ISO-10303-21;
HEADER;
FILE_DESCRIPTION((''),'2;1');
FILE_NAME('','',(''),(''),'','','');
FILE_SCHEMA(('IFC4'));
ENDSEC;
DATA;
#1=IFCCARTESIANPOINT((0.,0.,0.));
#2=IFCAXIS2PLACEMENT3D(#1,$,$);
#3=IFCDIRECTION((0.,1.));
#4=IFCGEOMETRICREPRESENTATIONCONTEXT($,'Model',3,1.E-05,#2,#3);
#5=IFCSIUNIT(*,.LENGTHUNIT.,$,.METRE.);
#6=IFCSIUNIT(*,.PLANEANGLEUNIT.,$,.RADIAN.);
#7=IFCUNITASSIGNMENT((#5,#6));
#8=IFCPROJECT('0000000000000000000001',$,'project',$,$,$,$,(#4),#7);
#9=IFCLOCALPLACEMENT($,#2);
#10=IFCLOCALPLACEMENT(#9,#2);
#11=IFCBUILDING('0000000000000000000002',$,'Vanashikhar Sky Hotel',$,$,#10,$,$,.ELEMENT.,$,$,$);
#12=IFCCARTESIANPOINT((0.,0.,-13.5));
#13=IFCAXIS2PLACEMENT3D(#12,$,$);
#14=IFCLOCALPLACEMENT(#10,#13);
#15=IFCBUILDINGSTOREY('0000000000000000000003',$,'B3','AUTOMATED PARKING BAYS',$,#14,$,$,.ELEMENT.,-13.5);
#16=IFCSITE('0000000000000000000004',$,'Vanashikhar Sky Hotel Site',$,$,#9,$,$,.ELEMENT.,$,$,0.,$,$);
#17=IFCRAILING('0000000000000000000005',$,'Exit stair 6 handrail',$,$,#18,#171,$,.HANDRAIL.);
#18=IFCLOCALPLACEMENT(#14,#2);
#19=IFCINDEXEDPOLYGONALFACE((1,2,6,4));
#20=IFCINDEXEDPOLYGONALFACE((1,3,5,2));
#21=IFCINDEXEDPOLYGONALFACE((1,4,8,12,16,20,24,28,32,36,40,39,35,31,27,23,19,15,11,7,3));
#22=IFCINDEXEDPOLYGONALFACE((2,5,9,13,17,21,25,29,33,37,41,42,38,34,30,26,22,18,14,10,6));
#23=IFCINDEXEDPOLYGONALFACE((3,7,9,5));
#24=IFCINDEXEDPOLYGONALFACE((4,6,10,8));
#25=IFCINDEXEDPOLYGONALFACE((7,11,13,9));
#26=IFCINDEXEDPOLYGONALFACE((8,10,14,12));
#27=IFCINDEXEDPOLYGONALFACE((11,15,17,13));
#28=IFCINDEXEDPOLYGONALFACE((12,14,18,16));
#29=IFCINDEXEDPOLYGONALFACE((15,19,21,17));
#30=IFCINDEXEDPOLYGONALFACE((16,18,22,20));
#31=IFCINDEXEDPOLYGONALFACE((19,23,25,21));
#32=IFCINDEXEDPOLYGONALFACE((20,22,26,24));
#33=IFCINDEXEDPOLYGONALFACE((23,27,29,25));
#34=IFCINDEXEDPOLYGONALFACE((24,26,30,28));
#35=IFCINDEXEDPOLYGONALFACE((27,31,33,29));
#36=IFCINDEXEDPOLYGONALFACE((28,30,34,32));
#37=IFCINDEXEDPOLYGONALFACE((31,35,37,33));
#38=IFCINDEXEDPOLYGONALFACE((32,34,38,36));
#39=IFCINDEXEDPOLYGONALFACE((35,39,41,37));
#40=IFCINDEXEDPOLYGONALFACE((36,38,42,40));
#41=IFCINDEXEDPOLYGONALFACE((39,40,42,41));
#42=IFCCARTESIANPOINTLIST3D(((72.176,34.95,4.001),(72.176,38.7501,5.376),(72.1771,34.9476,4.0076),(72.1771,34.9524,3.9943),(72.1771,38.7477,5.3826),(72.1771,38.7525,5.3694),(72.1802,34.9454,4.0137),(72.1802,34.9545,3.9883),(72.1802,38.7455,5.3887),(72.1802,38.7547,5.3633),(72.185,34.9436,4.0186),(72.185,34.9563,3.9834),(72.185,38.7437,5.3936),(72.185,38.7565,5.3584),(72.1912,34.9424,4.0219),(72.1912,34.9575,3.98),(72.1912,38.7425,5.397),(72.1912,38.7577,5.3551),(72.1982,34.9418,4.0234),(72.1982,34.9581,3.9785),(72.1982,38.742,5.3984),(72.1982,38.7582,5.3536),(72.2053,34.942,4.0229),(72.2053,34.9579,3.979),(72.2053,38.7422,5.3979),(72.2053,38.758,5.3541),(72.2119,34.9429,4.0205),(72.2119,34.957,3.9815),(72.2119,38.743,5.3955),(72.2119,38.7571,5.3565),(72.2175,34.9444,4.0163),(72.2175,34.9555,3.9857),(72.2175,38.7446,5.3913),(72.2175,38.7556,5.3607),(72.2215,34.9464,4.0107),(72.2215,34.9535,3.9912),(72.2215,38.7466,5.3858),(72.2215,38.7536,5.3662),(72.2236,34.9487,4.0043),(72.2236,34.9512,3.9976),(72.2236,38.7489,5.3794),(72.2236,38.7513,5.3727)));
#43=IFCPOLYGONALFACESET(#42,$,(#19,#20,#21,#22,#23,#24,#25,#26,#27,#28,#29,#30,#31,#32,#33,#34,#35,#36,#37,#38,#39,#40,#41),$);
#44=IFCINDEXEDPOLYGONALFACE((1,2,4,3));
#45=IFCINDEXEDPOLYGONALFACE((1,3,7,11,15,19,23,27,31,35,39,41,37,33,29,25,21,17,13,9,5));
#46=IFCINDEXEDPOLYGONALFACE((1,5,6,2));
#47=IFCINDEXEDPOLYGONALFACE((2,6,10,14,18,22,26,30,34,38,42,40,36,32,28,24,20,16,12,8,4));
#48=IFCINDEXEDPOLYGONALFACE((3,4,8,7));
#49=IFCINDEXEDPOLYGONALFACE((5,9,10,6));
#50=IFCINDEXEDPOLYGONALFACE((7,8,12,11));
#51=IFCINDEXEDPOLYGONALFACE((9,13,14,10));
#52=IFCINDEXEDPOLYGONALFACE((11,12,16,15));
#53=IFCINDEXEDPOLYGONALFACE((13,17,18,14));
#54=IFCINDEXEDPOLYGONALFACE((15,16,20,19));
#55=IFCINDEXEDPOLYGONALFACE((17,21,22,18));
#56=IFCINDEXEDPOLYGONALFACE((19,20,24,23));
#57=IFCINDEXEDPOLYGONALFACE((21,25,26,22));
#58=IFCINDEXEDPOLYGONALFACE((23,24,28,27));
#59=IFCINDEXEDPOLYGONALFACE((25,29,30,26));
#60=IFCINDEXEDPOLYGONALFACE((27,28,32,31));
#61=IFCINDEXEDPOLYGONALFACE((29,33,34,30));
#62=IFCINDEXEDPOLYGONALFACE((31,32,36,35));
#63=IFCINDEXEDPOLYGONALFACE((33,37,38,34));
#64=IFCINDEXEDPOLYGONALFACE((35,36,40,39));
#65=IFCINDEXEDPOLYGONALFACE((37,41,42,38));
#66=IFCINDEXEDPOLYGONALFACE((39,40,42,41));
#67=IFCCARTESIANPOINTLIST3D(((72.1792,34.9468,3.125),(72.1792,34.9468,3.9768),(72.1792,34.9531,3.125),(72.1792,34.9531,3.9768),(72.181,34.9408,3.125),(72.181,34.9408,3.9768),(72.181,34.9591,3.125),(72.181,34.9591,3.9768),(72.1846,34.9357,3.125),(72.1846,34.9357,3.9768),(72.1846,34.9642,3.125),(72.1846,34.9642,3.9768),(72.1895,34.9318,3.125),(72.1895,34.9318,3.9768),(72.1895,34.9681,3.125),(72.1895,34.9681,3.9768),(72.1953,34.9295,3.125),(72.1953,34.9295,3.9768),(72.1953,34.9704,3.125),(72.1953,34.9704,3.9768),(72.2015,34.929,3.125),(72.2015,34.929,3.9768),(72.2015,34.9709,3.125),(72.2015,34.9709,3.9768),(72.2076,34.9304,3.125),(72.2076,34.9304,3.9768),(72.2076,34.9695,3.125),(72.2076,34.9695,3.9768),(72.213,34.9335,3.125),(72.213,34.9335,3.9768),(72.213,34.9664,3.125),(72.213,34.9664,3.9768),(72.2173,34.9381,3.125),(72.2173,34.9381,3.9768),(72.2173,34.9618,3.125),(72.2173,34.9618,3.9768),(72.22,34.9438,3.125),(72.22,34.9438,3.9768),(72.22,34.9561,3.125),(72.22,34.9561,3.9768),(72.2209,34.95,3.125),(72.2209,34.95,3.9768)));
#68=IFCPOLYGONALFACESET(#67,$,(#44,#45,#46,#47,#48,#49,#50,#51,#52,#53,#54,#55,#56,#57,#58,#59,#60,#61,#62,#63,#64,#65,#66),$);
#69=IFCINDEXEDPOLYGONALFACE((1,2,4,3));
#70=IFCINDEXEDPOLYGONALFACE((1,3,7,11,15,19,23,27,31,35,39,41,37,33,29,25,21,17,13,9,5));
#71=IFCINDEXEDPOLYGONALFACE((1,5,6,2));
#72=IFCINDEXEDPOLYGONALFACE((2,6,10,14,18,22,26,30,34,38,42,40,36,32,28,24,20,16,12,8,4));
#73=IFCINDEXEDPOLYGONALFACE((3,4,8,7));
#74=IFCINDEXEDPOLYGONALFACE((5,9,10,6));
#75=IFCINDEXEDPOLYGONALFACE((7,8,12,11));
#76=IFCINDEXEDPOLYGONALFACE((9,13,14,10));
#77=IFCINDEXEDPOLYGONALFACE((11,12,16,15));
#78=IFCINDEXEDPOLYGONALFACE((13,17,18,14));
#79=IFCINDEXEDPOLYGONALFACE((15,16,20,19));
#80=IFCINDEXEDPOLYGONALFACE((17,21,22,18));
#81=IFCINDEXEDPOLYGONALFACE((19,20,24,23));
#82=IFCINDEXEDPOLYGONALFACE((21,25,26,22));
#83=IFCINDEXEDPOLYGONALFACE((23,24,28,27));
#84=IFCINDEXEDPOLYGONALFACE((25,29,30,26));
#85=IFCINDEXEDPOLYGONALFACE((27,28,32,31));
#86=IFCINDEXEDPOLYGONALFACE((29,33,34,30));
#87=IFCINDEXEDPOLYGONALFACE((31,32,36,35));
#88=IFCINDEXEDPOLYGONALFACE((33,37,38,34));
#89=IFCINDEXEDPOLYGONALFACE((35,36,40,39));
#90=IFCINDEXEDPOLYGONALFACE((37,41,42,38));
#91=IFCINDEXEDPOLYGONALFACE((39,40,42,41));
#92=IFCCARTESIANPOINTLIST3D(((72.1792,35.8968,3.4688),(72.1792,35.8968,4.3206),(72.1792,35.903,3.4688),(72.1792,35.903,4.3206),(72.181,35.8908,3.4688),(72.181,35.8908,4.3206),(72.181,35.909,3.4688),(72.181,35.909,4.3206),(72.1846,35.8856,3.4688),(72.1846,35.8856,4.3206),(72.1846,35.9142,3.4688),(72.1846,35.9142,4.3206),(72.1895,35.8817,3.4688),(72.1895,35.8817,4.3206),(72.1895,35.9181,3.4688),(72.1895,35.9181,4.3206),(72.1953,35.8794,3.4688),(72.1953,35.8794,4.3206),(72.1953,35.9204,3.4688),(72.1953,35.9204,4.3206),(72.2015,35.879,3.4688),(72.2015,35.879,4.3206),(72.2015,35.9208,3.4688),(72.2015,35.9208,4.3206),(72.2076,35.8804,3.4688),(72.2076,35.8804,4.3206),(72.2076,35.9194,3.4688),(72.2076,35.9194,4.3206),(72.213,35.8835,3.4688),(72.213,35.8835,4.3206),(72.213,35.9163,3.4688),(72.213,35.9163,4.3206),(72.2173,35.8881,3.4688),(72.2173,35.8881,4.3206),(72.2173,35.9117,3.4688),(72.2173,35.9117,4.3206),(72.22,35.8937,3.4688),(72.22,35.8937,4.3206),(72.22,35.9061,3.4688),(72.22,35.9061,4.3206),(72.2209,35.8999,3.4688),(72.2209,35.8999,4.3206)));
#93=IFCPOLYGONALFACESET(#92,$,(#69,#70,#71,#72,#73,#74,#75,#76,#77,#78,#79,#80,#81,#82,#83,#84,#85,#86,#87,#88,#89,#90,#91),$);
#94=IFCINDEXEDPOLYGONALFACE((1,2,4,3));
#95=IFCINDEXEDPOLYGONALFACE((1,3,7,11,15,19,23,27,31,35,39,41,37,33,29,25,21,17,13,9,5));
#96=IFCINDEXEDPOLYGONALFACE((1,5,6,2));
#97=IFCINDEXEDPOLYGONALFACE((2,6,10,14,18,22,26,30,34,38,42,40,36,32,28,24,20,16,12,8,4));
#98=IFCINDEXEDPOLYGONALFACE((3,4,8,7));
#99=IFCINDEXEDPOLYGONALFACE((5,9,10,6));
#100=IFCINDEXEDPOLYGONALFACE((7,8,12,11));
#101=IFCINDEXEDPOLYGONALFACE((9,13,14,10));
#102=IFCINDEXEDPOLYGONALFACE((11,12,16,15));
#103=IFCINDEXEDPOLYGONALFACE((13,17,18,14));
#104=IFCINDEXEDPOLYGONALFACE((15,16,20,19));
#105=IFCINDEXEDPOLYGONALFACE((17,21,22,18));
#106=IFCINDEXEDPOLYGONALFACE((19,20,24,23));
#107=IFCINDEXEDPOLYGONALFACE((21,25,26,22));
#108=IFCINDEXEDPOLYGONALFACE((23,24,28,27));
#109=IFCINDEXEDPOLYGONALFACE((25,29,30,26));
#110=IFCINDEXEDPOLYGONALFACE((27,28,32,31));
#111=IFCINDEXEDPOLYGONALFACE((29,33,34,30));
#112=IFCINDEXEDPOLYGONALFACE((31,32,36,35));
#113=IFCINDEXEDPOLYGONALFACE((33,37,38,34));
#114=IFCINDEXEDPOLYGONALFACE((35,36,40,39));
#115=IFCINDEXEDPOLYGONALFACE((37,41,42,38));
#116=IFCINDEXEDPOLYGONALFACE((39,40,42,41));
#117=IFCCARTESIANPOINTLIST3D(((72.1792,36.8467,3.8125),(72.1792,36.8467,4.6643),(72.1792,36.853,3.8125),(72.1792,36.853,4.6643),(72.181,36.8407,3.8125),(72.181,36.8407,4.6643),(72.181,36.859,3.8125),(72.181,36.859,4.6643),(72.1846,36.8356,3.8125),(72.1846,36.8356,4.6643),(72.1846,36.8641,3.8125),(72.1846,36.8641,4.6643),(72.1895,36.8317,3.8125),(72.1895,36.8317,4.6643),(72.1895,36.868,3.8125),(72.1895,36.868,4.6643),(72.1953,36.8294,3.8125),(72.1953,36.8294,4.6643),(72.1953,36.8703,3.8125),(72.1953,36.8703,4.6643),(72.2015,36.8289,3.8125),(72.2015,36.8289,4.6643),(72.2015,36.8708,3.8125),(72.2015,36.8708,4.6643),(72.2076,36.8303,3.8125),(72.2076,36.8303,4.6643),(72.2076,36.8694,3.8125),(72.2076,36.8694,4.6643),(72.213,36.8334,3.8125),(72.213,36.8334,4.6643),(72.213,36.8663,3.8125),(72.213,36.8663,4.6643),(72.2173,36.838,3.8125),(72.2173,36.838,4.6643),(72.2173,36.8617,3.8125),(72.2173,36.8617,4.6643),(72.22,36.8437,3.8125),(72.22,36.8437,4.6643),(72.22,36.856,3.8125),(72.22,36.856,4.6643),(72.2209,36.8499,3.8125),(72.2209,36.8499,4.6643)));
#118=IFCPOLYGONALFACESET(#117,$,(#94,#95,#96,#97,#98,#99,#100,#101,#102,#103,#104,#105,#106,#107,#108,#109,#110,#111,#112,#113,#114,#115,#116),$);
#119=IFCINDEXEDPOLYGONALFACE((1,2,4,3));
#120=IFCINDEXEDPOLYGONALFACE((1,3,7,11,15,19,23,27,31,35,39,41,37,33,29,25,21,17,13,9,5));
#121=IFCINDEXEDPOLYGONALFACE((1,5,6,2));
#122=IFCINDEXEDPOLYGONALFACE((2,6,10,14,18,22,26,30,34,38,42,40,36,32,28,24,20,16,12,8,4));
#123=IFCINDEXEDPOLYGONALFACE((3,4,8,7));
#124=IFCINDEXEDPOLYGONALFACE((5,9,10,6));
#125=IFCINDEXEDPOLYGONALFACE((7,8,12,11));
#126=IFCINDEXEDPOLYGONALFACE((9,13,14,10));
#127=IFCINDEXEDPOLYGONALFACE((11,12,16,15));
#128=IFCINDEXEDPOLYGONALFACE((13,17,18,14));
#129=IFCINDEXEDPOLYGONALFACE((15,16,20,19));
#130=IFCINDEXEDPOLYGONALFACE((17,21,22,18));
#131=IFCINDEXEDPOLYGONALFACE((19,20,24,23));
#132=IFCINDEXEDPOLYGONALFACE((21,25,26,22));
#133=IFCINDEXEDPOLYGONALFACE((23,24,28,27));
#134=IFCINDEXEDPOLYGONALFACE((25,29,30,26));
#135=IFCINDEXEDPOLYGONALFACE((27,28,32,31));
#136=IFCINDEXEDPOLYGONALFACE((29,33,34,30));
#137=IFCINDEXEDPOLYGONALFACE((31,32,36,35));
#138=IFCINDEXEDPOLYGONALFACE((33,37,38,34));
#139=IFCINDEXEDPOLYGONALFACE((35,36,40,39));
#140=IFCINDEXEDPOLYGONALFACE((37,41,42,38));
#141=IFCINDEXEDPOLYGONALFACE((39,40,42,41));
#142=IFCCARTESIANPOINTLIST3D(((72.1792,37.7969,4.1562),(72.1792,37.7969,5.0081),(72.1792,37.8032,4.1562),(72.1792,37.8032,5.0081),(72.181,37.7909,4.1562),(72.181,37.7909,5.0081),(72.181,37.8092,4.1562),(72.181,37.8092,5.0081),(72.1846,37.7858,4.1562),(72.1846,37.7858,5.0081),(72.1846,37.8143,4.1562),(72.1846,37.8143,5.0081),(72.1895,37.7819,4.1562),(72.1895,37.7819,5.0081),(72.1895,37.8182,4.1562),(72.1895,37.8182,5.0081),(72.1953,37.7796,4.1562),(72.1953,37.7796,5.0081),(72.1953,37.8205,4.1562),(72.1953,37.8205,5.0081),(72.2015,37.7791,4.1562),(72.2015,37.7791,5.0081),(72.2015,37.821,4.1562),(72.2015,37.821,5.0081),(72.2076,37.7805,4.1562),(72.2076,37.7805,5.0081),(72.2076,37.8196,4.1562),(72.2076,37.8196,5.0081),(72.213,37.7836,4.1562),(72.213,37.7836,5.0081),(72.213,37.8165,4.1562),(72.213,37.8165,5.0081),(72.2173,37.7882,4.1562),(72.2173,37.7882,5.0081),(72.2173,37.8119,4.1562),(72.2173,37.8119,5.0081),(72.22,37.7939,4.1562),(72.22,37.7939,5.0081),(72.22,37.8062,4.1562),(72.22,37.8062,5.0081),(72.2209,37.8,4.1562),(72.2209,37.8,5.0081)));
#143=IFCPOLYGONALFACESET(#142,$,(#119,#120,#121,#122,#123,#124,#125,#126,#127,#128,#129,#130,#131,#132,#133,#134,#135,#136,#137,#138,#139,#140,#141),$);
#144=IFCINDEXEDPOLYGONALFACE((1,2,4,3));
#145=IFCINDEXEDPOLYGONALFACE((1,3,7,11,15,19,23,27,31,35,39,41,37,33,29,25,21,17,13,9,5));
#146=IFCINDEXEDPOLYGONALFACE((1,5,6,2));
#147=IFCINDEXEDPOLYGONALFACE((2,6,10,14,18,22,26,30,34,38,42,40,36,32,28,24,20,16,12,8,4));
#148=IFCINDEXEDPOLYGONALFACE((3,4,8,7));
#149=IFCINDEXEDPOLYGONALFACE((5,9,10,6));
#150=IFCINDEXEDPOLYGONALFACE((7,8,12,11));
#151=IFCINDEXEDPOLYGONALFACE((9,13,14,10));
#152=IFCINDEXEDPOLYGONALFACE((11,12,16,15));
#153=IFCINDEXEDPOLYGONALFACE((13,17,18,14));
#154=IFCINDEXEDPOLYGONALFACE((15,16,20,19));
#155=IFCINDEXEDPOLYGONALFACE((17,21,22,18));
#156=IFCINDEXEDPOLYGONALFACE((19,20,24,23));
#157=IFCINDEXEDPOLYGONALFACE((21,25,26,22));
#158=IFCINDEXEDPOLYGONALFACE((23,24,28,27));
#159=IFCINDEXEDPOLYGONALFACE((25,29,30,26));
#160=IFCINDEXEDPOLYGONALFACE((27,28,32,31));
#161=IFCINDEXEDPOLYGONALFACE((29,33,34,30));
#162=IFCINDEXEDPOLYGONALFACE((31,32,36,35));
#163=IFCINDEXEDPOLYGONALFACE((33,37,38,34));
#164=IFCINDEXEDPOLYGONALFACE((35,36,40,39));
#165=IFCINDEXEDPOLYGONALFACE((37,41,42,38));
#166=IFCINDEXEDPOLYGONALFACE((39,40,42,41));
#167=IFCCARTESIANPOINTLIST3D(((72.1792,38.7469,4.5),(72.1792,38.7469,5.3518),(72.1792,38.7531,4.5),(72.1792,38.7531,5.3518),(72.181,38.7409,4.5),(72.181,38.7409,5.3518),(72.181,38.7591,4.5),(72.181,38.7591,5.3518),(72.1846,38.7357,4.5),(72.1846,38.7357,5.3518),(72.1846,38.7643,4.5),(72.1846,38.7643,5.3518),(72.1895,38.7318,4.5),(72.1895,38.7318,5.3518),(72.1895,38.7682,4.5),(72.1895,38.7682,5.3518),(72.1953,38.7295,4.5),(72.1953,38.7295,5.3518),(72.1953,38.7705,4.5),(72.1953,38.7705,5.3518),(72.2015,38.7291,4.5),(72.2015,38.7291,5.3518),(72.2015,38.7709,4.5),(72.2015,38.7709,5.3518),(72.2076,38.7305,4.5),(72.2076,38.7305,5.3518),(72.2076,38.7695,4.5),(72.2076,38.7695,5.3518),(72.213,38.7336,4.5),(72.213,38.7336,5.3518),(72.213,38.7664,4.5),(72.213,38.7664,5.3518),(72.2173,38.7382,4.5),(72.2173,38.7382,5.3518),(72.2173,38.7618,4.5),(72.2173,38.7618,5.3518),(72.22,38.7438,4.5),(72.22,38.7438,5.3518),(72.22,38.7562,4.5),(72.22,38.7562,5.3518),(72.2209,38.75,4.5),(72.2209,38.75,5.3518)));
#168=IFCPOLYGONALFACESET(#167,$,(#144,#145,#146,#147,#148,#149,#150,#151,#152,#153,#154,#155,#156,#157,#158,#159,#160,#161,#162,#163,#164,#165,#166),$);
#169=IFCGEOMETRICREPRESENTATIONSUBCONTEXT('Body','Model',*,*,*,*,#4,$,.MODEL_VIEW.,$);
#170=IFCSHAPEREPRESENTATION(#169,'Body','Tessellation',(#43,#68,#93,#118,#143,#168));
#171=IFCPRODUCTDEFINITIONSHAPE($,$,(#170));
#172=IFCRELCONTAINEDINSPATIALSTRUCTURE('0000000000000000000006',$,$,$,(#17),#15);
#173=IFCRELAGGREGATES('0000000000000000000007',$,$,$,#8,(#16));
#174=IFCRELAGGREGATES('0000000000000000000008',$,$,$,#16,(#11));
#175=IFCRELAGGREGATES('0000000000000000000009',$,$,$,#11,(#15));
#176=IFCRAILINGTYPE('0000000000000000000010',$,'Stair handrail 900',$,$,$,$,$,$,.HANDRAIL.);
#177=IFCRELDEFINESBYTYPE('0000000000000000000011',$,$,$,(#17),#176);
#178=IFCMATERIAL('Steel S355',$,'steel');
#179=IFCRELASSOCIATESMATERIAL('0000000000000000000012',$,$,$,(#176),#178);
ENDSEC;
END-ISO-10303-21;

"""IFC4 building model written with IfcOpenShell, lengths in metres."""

from ifc_helpers import new_model, si_unit, direction, frame, origin, origin_2d, place, context, subcontext, project, spatial, circle, extrude, source, transform, mapped, material, type_object, element, save


model = new_model("IFC4")

# Units and contexts
model_context = context("Model", 3, precision=1e-05, world=origin(), true_north=direction((0.0, 1.0)))
body_context = subcontext(model_context, "Body", "Model", "MODEL_VIEW")
ifc_project = project(units=[si_unit("LENGTHUNIT", "METRE"), si_unit("PLANEANGLEUNIT", "RADIAN")], contexts=[model_context])

# Site, building, storey
site_placement = place(None, origin())
site = spatial("IfcSite", under=ifc_project, at=site_placement, Name="Vanashikhar Sky Hotel Site", CompositionType="ELEMENT", RefElevation=0.0)
building_placement = place(site_placement, origin())
building = spatial("IfcBuilding", under=site, at=building_placement, Name="Vanashikhar Sky Hotel", CompositionType="ELEMENT")
storey_placement = place(building_placement, frame((0.0, 0.0, -13.5)))
storey = spatial("IfcBuildingStorey", under=building, at=storey_placement, Name="B3", Description="AUTOMATED PARKING BAYS", CompositionType="ELEMENT", Elevation=-13.5)

# Railing
ifc_material_1 = material(Name="Steel S355", Category="steel")
railing_type_1 = type_object("IfcRailingType", Name="Stair handrail 900", PredefinedType="HANDRAIL", material=ifc_material_1)
shared_shape_1 = source(origin(), body_context, "Body", "SweptSolid", [
    extrude(circle(Radius=0.0239, at=origin_2d()), frame((0.0, 0.0, 0.876), z_axis=(0.0, 0.940336, 0.340249), x_axis=(-1.0, 0.0, 0.0)), (0.0, 0.0, 1.0), 4.0413),
    extrude(circle(Radius=0.021, at=origin_2d()), origin(), (0.0, 0.0, 1.0), 0.8518),
    extrude(circle(Radius=0.021, at=origin_2d()), frame((0.0, 0.95, 0.3438)), (0.0, 0.0, 1.0), 0.8518),
    extrude(circle(Radius=0.021, at=origin_2d()), frame((0.0, 1.8999, 0.6875)), (0.0, 0.0, 1.0), 0.8518),
    extrude(circle(Radius=0.021, at=origin_2d()), frame((0.0, 2.8501, 1.0312)), (0.0, 0.0, 1.0), 0.8518),
    extrude(circle(Radius=0.021, at=origin_2d()), frame((0.0, 3.8, 1.375)), (0.0, 0.0, 1.0), 0.8518),
])
for number, where, name in (
    (1, (72.2, 34.95, 3.125), "Exit stair 6 handrail"),
):
    element("IfcRailing", number, at=place(storey_placement, frame(where)), inside=storey, type_object=railing_type_1, Name=name, PredefinedType="HANDRAIL", context=body_context, shape_type="MappedRepresentation", body=[
        mapped(shared_shape_1, transform((0.0, 0.0, 0.0), scale=1.0)),
    ])

save(model, "model.ifc")
